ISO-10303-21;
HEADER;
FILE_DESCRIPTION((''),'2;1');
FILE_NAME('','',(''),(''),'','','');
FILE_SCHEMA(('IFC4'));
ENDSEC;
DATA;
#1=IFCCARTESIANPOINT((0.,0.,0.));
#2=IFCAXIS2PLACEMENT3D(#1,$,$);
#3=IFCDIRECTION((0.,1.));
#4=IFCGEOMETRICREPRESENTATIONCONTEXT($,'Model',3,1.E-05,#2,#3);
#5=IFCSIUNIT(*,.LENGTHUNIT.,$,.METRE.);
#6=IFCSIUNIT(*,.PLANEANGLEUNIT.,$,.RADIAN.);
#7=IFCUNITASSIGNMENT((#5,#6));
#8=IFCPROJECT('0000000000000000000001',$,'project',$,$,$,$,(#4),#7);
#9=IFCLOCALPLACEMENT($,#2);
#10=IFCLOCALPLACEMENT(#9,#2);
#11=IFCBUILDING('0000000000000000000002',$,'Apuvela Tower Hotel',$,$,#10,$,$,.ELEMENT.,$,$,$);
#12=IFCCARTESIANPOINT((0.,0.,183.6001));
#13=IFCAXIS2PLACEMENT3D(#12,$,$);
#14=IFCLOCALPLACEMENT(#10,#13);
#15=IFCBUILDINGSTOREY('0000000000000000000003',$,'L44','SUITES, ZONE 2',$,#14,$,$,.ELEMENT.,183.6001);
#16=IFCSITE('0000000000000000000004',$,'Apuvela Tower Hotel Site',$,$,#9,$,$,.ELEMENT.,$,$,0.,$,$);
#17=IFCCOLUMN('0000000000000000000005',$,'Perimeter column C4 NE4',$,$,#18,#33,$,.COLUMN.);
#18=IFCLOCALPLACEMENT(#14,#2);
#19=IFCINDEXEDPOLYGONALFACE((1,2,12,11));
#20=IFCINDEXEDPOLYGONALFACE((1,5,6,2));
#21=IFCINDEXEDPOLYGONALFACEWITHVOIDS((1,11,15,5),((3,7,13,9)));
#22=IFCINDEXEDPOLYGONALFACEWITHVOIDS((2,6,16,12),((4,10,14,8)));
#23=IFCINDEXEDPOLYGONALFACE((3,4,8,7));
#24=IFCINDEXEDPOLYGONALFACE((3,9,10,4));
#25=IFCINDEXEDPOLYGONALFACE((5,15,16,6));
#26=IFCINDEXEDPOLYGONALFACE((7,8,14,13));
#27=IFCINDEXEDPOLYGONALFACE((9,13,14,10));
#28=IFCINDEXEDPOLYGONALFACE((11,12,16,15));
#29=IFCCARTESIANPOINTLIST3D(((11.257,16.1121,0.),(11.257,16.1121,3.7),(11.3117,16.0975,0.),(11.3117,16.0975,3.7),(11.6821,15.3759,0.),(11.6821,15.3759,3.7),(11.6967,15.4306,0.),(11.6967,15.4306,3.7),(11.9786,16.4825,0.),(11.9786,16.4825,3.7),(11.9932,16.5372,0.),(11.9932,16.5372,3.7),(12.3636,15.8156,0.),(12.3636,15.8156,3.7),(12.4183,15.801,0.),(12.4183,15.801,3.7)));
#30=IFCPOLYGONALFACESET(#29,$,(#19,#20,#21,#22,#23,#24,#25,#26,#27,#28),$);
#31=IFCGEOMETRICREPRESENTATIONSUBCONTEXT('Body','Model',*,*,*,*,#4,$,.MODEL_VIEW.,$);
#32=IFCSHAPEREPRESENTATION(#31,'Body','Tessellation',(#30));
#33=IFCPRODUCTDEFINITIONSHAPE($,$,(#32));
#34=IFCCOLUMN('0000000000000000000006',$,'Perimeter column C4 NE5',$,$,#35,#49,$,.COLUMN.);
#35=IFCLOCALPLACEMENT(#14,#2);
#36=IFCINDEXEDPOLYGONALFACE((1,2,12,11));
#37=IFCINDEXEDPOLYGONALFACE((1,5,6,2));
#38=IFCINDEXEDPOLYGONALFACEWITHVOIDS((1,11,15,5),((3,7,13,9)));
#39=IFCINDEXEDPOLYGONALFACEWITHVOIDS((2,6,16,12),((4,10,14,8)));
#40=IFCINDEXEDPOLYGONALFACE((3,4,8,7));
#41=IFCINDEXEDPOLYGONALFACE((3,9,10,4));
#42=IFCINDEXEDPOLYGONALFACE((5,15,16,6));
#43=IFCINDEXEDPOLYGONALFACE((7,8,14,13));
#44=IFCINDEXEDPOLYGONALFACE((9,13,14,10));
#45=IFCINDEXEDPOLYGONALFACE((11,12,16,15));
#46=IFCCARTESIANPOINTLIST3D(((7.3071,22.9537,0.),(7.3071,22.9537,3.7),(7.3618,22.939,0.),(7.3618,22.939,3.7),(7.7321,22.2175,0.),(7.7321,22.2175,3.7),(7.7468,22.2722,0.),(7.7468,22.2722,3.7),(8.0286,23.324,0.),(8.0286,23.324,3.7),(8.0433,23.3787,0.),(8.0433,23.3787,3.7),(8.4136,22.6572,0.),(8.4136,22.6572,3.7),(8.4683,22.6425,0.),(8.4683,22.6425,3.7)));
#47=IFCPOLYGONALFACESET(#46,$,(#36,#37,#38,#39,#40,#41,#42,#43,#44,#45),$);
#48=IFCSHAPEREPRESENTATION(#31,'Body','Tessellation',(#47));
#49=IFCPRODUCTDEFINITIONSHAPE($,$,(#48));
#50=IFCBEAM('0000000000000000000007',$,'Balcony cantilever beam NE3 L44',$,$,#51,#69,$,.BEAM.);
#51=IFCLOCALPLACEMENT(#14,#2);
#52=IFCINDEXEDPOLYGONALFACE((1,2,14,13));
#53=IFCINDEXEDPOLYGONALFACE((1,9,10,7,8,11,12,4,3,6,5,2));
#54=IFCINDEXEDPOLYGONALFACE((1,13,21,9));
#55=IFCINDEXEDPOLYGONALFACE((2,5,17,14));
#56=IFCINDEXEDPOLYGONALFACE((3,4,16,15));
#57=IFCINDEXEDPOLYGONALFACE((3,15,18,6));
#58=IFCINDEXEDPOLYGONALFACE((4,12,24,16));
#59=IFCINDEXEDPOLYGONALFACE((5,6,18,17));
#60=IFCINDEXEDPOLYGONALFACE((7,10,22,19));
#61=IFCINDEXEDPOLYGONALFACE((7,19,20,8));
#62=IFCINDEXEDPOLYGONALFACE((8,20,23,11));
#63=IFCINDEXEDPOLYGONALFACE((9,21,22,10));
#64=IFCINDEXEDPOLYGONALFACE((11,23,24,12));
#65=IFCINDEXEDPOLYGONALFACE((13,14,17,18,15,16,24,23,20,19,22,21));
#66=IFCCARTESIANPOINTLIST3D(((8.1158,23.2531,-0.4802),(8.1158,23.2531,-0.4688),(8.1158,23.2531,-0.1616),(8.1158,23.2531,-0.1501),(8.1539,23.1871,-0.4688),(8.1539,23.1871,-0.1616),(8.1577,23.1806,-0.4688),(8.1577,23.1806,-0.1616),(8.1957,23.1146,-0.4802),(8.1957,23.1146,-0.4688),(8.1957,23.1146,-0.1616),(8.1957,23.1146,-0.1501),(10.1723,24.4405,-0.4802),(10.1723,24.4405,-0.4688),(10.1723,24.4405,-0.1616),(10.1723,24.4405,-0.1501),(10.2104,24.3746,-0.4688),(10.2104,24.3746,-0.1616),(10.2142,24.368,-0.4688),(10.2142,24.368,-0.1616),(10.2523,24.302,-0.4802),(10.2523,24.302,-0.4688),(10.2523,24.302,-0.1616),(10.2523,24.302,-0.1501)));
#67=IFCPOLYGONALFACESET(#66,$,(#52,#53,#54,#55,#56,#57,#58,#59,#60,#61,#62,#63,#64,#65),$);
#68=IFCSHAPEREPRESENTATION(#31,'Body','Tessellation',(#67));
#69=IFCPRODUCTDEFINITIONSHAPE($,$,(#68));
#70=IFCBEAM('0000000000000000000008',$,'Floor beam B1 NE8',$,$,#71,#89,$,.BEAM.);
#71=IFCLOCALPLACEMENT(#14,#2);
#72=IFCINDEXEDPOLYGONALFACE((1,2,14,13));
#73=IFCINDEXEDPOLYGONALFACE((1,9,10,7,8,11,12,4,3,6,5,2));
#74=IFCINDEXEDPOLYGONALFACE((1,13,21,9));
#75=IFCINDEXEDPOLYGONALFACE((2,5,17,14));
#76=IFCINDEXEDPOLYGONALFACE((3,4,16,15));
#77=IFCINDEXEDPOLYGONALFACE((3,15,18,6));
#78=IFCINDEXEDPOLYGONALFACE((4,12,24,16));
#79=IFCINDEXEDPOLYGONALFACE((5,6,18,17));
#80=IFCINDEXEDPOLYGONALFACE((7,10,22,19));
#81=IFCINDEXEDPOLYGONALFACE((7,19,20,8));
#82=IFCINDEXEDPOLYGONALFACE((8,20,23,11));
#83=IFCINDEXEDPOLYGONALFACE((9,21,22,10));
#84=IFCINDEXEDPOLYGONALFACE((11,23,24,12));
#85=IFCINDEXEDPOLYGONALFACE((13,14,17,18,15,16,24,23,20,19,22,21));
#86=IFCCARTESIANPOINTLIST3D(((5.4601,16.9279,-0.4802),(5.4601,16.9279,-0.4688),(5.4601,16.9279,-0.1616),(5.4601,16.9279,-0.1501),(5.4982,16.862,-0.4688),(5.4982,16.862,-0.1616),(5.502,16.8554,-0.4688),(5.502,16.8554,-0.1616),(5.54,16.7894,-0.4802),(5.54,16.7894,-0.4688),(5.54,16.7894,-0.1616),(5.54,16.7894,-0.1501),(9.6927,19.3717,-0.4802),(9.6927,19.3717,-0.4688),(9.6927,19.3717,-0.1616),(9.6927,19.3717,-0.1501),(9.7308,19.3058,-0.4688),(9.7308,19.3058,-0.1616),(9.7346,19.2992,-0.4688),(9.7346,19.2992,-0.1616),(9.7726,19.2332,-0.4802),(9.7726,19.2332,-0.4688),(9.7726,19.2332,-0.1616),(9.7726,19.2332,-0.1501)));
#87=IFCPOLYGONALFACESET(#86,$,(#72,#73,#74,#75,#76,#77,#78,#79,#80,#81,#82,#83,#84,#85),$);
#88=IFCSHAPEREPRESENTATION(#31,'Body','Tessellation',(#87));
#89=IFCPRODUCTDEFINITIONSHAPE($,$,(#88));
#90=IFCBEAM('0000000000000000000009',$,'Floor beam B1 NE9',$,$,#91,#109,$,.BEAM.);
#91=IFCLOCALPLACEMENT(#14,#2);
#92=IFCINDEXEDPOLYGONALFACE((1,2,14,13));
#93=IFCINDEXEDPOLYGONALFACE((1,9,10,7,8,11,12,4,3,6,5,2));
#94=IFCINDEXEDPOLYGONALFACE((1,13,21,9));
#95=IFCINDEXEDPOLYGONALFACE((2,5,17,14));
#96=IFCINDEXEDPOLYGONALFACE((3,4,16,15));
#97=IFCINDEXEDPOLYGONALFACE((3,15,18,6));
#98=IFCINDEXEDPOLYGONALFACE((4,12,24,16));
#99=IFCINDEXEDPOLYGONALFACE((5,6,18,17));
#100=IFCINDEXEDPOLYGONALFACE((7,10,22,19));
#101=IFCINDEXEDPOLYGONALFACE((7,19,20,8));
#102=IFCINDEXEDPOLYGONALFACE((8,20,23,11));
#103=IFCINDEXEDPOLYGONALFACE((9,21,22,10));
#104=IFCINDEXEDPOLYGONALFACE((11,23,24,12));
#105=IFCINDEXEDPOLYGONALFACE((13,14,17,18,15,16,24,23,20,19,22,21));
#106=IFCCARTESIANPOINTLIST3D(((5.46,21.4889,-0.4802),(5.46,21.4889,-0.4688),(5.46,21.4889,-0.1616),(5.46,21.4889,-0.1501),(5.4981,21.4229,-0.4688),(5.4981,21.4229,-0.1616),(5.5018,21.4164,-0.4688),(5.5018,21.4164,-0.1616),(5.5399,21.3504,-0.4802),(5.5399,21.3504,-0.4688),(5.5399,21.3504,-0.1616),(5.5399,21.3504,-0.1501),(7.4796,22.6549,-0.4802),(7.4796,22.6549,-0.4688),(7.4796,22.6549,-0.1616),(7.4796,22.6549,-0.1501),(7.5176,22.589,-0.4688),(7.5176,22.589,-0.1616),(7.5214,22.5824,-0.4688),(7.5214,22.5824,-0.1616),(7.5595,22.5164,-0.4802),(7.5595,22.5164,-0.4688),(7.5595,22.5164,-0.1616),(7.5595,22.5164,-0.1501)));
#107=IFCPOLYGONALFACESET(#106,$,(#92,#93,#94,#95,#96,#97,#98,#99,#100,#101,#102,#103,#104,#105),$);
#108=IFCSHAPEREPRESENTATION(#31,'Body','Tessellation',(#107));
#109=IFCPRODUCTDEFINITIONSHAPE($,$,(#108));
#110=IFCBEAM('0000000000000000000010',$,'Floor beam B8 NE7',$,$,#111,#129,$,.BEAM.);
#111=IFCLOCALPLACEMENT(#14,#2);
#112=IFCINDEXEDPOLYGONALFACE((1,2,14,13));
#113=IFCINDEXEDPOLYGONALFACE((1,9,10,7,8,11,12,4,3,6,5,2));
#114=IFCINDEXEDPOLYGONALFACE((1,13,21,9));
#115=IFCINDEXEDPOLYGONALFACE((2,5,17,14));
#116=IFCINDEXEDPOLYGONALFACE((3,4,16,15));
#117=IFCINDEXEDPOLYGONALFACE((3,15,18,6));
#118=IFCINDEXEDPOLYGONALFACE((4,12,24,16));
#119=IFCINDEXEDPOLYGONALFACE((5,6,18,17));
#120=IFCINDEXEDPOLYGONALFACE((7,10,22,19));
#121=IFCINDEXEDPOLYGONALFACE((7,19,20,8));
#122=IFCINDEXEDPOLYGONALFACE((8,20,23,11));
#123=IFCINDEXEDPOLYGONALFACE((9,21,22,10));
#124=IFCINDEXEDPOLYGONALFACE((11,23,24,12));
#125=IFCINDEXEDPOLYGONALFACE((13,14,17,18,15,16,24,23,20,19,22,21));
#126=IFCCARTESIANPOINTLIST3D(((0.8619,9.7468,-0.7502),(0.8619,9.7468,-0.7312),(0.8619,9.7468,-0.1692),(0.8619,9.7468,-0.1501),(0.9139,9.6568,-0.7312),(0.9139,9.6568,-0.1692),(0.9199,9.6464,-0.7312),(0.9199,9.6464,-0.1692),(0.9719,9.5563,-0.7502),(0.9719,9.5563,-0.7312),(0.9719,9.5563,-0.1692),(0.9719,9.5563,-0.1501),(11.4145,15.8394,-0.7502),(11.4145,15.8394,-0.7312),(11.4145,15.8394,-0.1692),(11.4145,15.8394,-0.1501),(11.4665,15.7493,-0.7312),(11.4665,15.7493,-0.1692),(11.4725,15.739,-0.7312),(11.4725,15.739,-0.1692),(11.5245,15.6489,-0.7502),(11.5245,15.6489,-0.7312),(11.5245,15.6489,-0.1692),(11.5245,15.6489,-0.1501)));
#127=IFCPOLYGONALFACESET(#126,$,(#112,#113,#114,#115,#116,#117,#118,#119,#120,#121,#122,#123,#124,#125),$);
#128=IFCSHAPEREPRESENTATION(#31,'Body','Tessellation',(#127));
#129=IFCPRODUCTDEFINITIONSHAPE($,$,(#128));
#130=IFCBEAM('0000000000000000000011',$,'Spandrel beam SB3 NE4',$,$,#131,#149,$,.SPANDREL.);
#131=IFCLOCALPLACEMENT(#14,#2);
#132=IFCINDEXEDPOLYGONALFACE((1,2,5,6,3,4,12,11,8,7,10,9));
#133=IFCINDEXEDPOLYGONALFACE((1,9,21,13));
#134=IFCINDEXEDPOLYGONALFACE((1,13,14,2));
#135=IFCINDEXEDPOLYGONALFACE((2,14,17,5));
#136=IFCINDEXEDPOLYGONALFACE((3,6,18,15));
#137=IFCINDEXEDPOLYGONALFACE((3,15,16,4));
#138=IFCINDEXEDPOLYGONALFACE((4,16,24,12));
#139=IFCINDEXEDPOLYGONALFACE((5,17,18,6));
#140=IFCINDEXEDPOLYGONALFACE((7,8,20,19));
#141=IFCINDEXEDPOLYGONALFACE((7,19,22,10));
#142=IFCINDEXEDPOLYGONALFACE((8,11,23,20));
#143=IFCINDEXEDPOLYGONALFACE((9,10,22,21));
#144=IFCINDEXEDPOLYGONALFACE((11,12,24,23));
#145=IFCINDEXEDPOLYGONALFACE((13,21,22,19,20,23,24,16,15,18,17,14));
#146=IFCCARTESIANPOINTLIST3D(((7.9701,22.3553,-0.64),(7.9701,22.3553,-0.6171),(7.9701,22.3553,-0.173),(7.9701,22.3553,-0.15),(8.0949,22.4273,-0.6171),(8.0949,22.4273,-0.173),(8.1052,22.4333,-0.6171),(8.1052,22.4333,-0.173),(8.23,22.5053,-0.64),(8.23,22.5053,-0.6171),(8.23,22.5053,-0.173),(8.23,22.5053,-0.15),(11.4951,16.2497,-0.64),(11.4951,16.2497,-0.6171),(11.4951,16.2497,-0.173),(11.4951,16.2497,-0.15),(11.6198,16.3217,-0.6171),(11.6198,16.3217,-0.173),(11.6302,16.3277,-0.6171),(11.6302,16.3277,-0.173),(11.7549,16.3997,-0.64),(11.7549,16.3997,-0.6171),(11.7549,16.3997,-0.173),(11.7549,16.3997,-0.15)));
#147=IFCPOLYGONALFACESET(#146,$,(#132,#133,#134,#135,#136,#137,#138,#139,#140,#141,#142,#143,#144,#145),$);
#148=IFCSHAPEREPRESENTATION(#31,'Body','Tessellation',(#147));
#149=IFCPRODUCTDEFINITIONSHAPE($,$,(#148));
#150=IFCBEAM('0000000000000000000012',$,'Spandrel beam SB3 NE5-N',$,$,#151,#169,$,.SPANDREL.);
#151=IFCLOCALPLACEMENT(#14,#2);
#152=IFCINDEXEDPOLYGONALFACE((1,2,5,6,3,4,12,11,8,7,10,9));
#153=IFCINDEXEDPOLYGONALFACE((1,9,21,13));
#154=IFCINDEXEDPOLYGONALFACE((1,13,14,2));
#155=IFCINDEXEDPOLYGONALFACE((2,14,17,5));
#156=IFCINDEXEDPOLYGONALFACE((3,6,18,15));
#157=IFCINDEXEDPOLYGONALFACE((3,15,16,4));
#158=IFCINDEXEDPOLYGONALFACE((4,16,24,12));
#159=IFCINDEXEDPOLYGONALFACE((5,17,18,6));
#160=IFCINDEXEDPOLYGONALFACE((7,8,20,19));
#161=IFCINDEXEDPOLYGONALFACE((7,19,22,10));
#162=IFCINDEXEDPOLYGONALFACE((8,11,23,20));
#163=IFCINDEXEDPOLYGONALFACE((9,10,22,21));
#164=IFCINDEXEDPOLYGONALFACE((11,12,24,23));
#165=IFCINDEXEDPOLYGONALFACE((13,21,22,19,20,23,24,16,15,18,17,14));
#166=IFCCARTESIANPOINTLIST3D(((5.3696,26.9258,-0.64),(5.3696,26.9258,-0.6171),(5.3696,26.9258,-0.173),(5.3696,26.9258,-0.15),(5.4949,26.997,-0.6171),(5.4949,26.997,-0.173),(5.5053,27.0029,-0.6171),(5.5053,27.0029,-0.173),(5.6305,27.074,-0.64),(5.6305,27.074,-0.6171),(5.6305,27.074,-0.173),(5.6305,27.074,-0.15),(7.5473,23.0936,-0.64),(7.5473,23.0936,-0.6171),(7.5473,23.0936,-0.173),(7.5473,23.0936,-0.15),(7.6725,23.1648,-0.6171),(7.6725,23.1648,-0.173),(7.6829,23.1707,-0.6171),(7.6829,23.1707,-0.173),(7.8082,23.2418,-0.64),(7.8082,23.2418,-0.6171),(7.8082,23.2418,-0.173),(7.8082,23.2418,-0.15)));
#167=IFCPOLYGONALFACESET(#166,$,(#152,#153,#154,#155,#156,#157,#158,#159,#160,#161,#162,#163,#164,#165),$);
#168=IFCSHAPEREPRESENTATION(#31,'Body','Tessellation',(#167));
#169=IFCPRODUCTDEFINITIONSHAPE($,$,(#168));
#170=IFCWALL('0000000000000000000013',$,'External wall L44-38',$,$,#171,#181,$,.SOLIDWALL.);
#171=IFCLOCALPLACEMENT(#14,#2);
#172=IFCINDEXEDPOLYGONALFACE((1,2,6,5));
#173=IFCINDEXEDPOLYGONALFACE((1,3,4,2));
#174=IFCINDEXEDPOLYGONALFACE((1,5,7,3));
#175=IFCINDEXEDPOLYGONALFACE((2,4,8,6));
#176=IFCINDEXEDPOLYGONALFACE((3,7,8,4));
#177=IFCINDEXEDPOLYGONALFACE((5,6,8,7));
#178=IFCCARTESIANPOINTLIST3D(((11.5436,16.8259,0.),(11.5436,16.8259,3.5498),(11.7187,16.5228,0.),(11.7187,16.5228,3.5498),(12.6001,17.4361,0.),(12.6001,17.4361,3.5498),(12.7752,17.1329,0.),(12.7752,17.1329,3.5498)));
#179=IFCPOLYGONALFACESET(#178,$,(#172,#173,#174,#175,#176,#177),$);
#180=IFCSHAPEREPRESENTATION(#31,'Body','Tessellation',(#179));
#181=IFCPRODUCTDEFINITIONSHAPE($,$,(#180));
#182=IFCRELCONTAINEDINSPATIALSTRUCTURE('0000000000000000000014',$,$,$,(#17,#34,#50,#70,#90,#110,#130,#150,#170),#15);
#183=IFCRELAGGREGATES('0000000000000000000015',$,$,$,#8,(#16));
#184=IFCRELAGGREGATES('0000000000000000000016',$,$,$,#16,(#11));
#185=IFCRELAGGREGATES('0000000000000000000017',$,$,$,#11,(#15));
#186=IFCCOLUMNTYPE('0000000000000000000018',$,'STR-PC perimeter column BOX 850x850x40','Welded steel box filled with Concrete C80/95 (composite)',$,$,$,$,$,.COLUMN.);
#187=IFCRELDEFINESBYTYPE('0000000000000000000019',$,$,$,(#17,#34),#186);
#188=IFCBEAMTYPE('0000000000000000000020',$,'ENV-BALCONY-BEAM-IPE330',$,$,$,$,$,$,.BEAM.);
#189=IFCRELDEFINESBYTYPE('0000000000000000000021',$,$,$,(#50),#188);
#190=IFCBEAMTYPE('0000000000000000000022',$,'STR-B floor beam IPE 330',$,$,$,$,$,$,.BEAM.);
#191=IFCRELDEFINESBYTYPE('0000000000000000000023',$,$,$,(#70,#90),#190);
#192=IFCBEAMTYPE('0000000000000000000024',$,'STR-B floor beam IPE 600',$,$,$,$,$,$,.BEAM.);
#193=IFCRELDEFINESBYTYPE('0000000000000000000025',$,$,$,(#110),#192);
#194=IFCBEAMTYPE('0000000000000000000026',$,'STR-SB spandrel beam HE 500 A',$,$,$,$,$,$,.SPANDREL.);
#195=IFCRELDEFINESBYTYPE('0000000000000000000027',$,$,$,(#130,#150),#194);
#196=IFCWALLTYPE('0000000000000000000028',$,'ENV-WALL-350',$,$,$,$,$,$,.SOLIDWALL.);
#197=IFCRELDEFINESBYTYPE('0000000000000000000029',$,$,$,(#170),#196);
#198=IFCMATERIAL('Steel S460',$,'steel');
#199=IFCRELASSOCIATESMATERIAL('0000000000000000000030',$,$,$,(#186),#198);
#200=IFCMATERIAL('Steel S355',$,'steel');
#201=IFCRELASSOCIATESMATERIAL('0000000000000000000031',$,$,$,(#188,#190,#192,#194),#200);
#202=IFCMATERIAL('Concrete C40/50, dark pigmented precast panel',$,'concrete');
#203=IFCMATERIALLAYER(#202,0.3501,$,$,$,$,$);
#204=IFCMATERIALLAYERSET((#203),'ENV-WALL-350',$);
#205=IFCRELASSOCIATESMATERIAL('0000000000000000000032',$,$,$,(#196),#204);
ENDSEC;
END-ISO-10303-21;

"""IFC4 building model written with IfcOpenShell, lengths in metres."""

from ifc_helpers import new_model, si_unit, direction, frame, frame_2d, origin, origin_2d, place, context, subcontext, project, spatial, rectangle, hollow_rectangle, i_section, extrude, material, layer, layer_set, material_profile, profile_set, type_object, element, save


model = new_model("IFC4")

# Units and contexts
model_context = context("Model", 3, precision=1e-05, world=origin(), true_north=direction((0.0, 1.0)))
body_context = subcontext(model_context, "Body", "Model", "MODEL_VIEW")
ifc_project = project(units=[si_unit("LENGTHUNIT", "METRE"), si_unit("PLANEANGLEUNIT", "RADIAN")], contexts=[model_context])

# Site, building, storey
site_placement = place(None, origin())
site = spatial("IfcSite", under=ifc_project, at=site_placement, Name="Apuvela Tower Hotel Site", CompositionType="ELEMENT", RefElevation=0.0)
building_placement = place(site_placement, origin())
building = spatial("IfcBuilding", under=site, at=building_placement, Name="Apuvela Tower Hotel", CompositionType="ELEMENT")
storey_placement = place(building_placement, frame((0.0, 0.0, 183.6001)))
storey = spatial("IfcBuildingStorey", under=building, at=storey_placement, Name="L44", Description="SUITES, ZONE 2", CompositionType="ELEMENT", Elevation=183.6001)

# Columns
ifc_material_1 = material(Name="Steel S460", Category="steel")
ifc_material_profile_1 = material_profile(ifc_material_1, hollow_rectangle(XDim=0.8501, YDim=0.8501, WallThickness=0.04, at=origin_2d()), Name="BOX 850x850x40")
ifc_material_2 = material(Name="Concrete C80/95", Category="concrete")
ifc_material_profile_2 = material_profile(ifc_material_2, rectangle(XDim=0.77, YDim=0.77, at=origin_2d()), Name="Concrete C80/95 infill")
ifc_profile_set_1 = profile_set([ifc_material_profile_1, ifc_material_profile_2], Name="Steel S460")
column_type = type_object("IfcColumnType", Name="STR-PC perimeter column BOX 850x850x40", Description="Welded steel box filled with Concrete C80/95 (composite)", PredefinedType="COLUMN", material=ifc_profile_set_1)
for number, where, z_axis, x_axis, name in (
    (1, (11.8376, 15.9565, 0.0), (0.0, 0.0, 1.0), (-0.5, 0.866025, 0.0), "Perimeter column C4 NE4"),
    (2, (7.8877, 22.7981, 0.0), (0.0, 0.0, 1.0), (-0.5, 0.866025, 0.0), "Perimeter column C4 NE5"),
):
    element("IfcColumn", number, at=place(storey_placement, frame(where, z_axis=z_axis, x_axis=x_axis)), inside=storey, type_object=column_type, Name=name, PredefinedType="COLUMN", context=body_context, shape_type="SweptSolid", body=[
        extrude(hollow_rectangle(XDim=0.8501, YDim=0.8501, WallThickness=0.04, at=origin_2d()), origin(), (0.0, 0.0, 1.0), 3.7),
    ])

# Beams
ifc_material_3 = material(Name="Steel S355", Category="steel")
ifc_material_profile_3 = material_profile(ifc_material_3, i_section(OverallWidth=0.1599, OverallDepth=0.3301, WebThickness=0.0076, FlangeThickness=0.0115, at=origin_2d()), Name="IPE 330")
ifc_profile_set_2 = profile_set([ifc_material_profile_3], Name="Steel S355")
beam_type_1 = type_object("IfcBeamType", Name="ENV-BALCONY-BEAM-IPE330", PredefinedType="BEAM", material=ifc_profile_set_2)
beam_1_placement = place(storey_placement, frame((8.1558, 23.1838, -0.3152), z_axis=(0.866008, 0.500031, 0.0), x_axis=(-0.500031, 0.866008, 0.0)))
element("IfcBeam", 3, at=beam_1_placement, inside=storey, type_object=beam_type_1, Name="Balcony cantilever beam NE3 L44", PredefinedType="BEAM", context=body_context, shape_type="SweptSolid", body=[
    extrude(i_section(OverallWidth=0.1599, OverallDepth=0.3301, WebThickness=0.0076, FlangeThickness=0.0115, at=origin_2d()), origin(), (0.0, 0.0, 1.0), 2.3748),
])
ifc_material_profile_4 = material_profile(ifc_material_3, i_section(OverallWidth=0.1599, OverallDepth=0.3301, WebThickness=0.0076, FlangeThickness=0.0115, at=origin_2d()), Name="IPE 330")
ifc_profile_set_3 = profile_set([ifc_material_profile_4], Name="Steel S355")
beam_type_2 = type_object("IfcBeamType", Name="STR-B floor beam IPE 330", PredefinedType="BEAM", material=ifc_profile_set_3)
beam_2_placement = place(storey_placement, frame((9.7327, 19.3025, -0.3152), z_axis=(-0.866015, -0.500018, 0.0), x_axis=(0.500018, -0.866015, 0.0)))
element("IfcBeam", 4, at=beam_2_placement, inside=storey, type_object=beam_type_2, Name="Floor beam B1 NE8", PredefinedType="BEAM", context=body_context, shape_type="SweptSolid", body=[
    extrude(i_section(OverallWidth=0.1599, OverallDepth=0.3301, WebThickness=0.0076, FlangeThickness=0.0115, at=origin_2d()), origin(), (0.0, 0.0, 1.0), 4.8875),
])
beam_3_placement = place(storey_placement, frame((7.5195, 22.5857, -0.3152), z_axis=(-0.866018, -0.500012, 0.0), x_axis=(0.500012, -0.866018, 0.0)))
element("IfcBeam", 5, at=beam_3_placement, inside=storey, type_object=beam_type_2, Name="Floor beam B1 NE9", PredefinedType="BEAM", context=body_context, shape_type="SweptSolid", body=[
    extrude(i_section(OverallWidth=0.1599, OverallDepth=0.3301, WebThickness=0.0076, FlangeThickness=0.0115, at=origin_2d()), origin(), (0.0, 0.0, 1.0), 2.332),
])
ifc_material_profile_5 = material_profile(ifc_material_3, i_section(OverallWidth=0.22, OverallDepth=0.6001, WebThickness=0.012, FlangeThickness=0.019, at=origin_2d()), Name="IPE 600")
ifc_profile_set_4 = profile_set([ifc_material_profile_5], Name="Steel S355")
beam_type_3 = type_object("IfcBeamType", Name="STR-B floor beam IPE 600", PredefinedType="BEAM", material=ifc_profile_set_4)
beam_4_placement = place(storey_placement, frame((11.4695, 15.7441, -0.4502), z_axis=(-0.866024, -0.500003, 0.0), x_axis=(0.500003, -0.866024, 0.0)))
element("IfcBeam", 6, at=beam_4_placement, inside=storey, type_object=beam_type_3, Name="Floor beam B8 NE7", PredefinedType="BEAM", context=body_context, shape_type="SweptSolid", body=[
    extrude(i_section(OverallWidth=0.22, OverallDepth=0.6001, WebThickness=0.012, FlangeThickness=0.019, at=origin_2d()), origin(), (0.0, 0.0, 1.0), 12.1851),
])
ifc_material_profile_6 = material_profile(ifc_material_3, i_section(OverallWidth=0.3, OverallDepth=0.49, WebThickness=0.012, FlangeThickness=0.0229, at=origin_2d()), Name="HE 500 A")
ifc_profile_set_5 = profile_set([ifc_material_profile_6], Name="Steel S355")
beam_type_4 = type_object("IfcBeamType", Name="STR-SB spandrel beam HE 500 A", PredefinedType="SPANDREL", material=ifc_profile_set_5)
beam_5_placement = place(storey_placement, frame((11.625, 16.3247, -0.395), z_axis=(-0.49999, 0.866031, 0.0), x_axis=(-0.866031, -0.49999, 0.0)))
element("IfcBeam", 7, at=beam_5_placement, inside=storey, type_object=beam_type_4, Name="Spandrel beam SB3 NE4", PredefinedType="SPANDREL", context=body_context, shape_type="SweptSolid", body=[
    extrude(i_section(OverallWidth=0.3, OverallDepth=0.49, WebThickness=0.012, FlangeThickness=0.0229, at=origin_2d()), origin(), (0.0, 0.0, 1.0), 7.05),
])
beam_6_placement = place(storey_placement, frame((7.6777, 23.1677, -0.395), z_axis=(-0.494062, 0.869427, 0.0), x_axis=(-0.869427, -0.494062, 0.0)))
element("IfcBeam", 8, at=beam_6_placement, inside=storey, type_object=beam_type_4, Name="Spandrel beam SB3 NE5-N", PredefinedType="SPANDREL", context=body_context, shape_type="SweptSolid", body=[
    extrude(i_section(OverallWidth=0.3, OverallDepth=0.49, WebThickness=0.012, FlangeThickness=0.0229, at=origin_2d()), origin(), (0.0, 0.0, 1.0), 4.4077),
])

# Wall
ifc_material_4 = material(Name="Concrete C40/50, dark pigmented precast panel", Category="concrete")
ifc_layer_1 = layer(ifc_material_4, 0.3501)
ifc_layer_set_1 = layer_set([ifc_layer_1], Name="ENV-WALL-350")
wall_type_1 = type_object("IfcWallType", Name="ENV-WALL-350", PredefinedType="SOLIDWALL", material=ifc_layer_set_1)
wall_1_placement = place(storey_placement, frame((12.6875, 17.2844, 0.0), z_axis=(0.0, 0.0, 1.0), x_axis=(-0.865956, -0.500121, 0.0)))
element("IfcWall", 9, at=wall_1_placement, inside=storey, type_object=wall_type_1, Name="External wall L44-38", PredefinedType="SOLIDWALL", context=body_context, shape_type="SweptSolid", body=[
    extrude(rectangle(XDim=1.22, YDim=0.3501, at=frame_2d((0.6099, 0.0))), origin(), (0.0, 0.0, 1.0), 3.5498),
])

save(model, "model.ifc")
